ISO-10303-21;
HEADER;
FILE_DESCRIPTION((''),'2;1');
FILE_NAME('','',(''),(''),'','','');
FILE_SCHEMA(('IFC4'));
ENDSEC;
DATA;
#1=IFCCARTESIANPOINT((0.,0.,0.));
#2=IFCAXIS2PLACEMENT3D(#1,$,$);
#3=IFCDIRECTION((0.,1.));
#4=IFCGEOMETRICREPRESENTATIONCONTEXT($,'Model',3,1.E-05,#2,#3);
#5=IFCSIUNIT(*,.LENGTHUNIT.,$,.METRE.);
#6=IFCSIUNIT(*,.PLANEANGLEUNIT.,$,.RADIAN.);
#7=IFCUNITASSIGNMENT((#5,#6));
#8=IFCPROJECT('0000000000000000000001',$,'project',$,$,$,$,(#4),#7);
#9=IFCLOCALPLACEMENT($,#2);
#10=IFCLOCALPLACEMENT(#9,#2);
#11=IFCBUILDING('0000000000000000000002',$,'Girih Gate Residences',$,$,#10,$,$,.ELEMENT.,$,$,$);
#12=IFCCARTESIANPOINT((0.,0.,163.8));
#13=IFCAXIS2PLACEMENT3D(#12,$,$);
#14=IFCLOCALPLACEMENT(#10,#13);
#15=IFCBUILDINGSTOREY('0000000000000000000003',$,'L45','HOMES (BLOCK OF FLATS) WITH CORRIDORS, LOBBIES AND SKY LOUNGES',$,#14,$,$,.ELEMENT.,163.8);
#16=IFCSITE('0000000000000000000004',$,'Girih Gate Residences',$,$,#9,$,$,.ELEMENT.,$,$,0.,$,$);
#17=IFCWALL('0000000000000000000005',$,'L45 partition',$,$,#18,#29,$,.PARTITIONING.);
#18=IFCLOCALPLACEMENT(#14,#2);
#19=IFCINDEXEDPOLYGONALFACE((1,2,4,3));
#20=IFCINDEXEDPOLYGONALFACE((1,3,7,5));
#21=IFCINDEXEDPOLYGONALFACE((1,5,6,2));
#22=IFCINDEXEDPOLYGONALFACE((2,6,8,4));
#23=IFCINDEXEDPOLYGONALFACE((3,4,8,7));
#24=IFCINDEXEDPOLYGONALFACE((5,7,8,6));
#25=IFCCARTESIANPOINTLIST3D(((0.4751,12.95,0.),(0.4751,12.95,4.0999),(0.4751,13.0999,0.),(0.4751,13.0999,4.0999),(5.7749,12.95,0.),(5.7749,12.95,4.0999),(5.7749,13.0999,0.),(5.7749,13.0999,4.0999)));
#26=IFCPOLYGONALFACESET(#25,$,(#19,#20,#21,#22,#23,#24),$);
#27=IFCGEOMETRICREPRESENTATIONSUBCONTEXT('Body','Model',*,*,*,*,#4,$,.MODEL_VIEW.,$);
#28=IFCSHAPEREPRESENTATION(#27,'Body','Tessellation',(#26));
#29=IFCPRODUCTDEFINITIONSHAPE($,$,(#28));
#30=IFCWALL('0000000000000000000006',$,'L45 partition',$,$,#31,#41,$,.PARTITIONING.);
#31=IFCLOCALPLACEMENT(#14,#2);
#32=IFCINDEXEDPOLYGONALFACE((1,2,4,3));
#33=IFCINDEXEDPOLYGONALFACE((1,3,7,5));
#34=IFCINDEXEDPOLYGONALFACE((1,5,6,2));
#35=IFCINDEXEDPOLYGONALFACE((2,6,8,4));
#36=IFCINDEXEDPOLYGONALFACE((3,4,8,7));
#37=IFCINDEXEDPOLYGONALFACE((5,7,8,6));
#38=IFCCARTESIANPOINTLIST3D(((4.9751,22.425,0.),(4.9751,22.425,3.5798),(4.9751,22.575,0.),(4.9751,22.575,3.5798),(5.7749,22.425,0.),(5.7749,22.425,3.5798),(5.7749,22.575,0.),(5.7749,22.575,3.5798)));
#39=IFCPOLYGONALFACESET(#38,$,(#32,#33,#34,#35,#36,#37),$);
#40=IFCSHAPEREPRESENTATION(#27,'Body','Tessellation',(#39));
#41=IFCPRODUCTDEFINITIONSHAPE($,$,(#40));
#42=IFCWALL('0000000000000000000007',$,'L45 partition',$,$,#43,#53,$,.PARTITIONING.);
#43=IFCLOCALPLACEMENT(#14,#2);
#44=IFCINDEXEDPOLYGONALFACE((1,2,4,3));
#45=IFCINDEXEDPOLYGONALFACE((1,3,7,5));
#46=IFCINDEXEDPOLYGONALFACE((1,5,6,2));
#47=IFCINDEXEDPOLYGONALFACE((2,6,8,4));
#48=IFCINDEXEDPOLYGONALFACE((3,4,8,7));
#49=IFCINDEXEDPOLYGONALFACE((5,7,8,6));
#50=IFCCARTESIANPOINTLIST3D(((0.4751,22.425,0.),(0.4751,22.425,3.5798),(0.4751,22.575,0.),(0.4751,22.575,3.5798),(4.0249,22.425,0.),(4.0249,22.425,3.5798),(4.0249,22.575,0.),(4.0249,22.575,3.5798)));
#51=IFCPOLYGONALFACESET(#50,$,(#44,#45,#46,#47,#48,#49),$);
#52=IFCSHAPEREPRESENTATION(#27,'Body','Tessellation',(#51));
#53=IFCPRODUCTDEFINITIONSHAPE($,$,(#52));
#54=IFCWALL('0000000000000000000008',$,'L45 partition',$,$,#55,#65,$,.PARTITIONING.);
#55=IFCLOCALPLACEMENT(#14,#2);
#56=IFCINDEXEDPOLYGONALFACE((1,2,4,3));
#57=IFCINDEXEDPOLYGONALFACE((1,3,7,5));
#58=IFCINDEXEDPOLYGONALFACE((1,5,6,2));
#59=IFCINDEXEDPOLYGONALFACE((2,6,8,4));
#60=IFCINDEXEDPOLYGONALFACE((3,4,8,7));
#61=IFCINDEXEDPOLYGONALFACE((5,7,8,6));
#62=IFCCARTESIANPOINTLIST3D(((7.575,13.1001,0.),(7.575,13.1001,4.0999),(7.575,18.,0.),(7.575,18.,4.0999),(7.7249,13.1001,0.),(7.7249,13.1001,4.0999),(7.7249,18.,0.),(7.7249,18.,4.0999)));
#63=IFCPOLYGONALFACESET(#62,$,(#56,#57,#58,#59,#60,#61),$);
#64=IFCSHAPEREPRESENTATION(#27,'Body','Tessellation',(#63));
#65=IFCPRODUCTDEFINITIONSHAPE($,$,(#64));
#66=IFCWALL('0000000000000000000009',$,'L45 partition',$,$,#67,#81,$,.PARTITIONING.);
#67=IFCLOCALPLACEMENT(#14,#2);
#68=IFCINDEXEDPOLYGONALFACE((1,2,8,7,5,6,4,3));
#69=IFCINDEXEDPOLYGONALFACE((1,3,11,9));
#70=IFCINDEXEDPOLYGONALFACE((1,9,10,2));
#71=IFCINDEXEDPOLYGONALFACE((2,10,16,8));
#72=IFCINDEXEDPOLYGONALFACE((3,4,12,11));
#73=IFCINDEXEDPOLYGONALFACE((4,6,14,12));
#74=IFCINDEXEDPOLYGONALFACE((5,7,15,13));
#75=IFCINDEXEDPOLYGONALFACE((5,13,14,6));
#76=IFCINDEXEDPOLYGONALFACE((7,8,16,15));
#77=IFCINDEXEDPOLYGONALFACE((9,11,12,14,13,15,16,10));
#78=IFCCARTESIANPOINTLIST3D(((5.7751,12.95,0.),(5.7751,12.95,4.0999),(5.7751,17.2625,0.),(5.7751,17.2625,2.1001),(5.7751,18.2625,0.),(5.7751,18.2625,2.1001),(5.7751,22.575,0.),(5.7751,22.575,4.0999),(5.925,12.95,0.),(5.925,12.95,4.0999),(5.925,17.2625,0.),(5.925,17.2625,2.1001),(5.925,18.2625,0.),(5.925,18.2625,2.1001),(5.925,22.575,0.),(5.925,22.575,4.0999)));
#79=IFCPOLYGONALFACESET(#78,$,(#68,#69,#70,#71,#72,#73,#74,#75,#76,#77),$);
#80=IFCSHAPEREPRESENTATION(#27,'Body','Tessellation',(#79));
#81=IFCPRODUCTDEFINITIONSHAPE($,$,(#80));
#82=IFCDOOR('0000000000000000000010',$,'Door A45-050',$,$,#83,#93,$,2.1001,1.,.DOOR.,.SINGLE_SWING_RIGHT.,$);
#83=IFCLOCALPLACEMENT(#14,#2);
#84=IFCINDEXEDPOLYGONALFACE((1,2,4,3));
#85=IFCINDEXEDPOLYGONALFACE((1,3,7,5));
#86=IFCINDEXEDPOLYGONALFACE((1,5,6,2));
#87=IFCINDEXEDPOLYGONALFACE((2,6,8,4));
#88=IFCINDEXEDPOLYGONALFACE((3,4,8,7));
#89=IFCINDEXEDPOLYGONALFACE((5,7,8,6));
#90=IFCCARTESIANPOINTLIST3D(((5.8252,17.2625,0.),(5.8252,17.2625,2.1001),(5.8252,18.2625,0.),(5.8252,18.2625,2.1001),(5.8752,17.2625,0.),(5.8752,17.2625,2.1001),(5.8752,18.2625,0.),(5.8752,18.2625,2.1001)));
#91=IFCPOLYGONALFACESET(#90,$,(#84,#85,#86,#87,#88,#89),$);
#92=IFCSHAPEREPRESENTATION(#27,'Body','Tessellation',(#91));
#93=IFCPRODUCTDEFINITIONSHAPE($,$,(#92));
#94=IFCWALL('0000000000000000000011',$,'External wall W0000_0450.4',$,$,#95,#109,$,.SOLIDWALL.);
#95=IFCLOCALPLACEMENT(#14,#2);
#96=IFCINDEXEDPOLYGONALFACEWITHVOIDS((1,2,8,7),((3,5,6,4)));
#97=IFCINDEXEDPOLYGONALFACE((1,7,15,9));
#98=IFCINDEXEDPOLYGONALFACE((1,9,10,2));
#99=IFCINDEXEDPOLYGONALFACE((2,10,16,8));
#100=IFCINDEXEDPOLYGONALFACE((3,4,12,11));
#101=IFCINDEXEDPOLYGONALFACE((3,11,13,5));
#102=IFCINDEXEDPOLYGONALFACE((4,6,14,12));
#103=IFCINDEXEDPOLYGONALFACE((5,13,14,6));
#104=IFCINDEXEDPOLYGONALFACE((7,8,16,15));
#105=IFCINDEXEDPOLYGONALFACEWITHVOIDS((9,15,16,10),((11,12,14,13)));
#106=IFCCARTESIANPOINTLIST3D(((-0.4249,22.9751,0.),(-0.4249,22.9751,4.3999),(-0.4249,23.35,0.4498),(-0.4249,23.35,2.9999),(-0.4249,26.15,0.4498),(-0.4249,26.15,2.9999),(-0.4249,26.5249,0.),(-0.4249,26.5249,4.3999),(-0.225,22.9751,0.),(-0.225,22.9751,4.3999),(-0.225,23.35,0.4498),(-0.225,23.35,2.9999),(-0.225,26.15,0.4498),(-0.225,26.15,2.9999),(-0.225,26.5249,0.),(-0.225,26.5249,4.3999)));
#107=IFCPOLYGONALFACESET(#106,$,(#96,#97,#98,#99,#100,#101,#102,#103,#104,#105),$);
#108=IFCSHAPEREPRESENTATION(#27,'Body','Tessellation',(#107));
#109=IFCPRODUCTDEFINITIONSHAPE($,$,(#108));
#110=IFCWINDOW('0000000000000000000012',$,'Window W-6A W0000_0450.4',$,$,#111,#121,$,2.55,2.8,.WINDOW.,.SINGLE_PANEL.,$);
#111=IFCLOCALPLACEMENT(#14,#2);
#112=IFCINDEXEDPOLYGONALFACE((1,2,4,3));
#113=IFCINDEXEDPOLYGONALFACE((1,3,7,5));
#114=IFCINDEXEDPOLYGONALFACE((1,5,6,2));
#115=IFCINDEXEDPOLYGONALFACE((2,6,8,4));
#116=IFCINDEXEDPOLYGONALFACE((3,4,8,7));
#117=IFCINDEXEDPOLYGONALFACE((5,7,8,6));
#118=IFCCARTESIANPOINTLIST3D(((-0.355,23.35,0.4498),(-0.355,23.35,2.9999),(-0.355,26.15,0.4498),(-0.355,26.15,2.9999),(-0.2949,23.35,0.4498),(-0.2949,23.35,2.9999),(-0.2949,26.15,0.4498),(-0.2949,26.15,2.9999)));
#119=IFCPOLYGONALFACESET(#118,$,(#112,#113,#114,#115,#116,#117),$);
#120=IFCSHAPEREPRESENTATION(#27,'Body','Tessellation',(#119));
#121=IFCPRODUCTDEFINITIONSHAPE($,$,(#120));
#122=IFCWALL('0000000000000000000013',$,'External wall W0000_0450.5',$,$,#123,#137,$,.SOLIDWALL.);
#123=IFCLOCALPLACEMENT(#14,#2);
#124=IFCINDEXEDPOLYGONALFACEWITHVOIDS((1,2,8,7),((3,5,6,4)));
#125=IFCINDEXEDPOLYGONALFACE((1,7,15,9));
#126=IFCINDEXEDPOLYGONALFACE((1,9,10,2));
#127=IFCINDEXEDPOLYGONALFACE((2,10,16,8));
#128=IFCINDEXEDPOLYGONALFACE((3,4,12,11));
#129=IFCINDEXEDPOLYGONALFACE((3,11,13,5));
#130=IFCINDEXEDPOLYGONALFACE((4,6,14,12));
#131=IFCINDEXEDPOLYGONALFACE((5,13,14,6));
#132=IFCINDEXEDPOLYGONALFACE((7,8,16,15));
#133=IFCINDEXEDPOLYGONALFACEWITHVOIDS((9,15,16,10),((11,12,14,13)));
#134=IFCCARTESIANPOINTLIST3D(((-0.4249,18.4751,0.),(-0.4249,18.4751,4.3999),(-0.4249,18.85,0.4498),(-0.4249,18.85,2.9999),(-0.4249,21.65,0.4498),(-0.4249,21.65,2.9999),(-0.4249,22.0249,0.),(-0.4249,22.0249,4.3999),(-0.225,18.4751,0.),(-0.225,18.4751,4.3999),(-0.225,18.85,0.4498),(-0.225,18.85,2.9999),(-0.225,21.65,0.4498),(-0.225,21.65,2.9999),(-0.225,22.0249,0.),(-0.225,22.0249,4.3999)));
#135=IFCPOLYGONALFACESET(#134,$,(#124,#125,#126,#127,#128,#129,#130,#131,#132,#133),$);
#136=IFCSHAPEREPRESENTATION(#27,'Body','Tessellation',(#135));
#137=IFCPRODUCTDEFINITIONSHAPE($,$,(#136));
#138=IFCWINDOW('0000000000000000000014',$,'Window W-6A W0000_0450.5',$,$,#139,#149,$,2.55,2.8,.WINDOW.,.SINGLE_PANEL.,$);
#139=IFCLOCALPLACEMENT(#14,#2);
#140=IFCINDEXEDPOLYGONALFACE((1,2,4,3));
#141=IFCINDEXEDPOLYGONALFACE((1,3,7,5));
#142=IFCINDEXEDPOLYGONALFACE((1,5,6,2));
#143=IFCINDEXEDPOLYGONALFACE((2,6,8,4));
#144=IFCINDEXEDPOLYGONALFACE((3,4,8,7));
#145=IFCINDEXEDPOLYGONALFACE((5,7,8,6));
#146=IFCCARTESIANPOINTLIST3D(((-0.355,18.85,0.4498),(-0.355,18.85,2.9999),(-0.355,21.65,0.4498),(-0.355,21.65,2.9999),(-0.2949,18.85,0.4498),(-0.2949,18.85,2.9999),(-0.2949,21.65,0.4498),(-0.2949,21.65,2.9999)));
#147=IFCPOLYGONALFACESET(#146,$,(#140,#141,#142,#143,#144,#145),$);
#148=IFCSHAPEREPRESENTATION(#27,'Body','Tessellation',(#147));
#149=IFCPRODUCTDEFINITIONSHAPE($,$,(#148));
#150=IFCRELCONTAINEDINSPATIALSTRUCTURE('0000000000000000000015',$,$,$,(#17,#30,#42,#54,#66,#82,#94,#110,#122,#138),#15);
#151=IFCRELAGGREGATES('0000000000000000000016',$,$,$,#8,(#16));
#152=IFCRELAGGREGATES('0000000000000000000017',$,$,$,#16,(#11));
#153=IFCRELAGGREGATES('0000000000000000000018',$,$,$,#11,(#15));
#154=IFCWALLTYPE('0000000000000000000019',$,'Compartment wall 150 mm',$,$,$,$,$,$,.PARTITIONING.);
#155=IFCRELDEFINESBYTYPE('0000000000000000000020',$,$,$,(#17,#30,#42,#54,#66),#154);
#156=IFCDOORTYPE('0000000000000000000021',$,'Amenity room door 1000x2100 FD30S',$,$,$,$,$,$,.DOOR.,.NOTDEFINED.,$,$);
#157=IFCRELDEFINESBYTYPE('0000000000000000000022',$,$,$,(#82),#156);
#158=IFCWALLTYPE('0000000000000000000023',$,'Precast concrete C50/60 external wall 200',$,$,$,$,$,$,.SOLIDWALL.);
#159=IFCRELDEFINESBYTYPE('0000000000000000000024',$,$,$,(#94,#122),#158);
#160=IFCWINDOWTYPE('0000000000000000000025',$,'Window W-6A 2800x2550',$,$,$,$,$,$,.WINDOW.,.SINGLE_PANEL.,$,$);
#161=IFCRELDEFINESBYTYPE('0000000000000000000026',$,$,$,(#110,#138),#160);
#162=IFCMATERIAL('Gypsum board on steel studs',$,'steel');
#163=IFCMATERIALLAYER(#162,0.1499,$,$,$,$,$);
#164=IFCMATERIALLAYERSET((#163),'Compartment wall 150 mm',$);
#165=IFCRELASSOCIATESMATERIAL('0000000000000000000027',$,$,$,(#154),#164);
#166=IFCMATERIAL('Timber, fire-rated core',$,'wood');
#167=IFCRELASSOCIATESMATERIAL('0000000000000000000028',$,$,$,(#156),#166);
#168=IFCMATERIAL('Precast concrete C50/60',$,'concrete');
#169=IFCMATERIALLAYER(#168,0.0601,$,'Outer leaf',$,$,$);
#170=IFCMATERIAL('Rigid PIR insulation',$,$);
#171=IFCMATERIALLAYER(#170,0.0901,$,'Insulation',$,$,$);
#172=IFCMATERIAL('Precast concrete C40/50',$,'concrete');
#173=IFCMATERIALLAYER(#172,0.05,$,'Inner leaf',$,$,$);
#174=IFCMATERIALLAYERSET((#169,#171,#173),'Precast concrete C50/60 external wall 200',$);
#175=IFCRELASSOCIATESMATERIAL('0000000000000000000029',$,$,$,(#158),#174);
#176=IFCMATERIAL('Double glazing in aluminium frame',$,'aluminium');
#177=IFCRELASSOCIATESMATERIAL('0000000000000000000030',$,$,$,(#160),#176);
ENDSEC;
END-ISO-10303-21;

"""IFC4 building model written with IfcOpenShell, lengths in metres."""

from ifc_helpers import new_model, si_unit, direction, frame, frame_2d, origin, place, context, subcontext, project, spatial, rectangle, extrude, material, layer, layer_set, type_object, element, fill, save


model = new_model("IFC4")

# Units and contexts
model_context = context("Model", 3, precision=1e-05, world=origin(), true_north=direction((0.0, 1.0)))
body_context = subcontext(model_context, "Body", "Model", "MODEL_VIEW")
ifc_project = project(units=[si_unit("LENGTHUNIT", "METRE"), si_unit("PLANEANGLEUNIT", "RADIAN")], contexts=[model_context])

# Site, building, storey
site_placement = place(None, origin())
site = spatial("IfcSite", under=ifc_project, at=site_placement, Name="Girih Gate Residences", CompositionType="ELEMENT", RefElevation=0.0)
building_placement = place(site_placement, origin())
building = spatial("IfcBuilding", under=site, at=building_placement, Name="Girih Gate Residences", CompositionType="ELEMENT")
storey_placement = place(building_placement, frame((0.0, 0.0, 163.8)))
storey = spatial("IfcBuildingStorey", under=building, at=storey_placement, Name="L45", Description="HOMES (BLOCK OF FLATS) WITH CORRIDORS, LOBBIES AND SKY LOUNGES", CompositionType="ELEMENT", Elevation=163.8)

# Shared definitions
ifc_material_1 = material(Name="Gypsum board on steel studs", Category="steel")
ifc_layer_1 = layer(ifc_material_1, 0.1499)
ifc_layer_set_1 = layer_set([ifc_layer_1], Name="Compartment wall 150 mm")
wall_type_1 = type_object("IfcWallType", Name="Compartment wall 150 mm", PredefinedType="PARTITIONING", material=ifc_layer_set_1)
ifc_material_2 = material(Name="Timber, fire-rated core", Category="wood")
door_type_1 = type_object("IfcDoorType", Name="Amenity room door 1000x2100 FD30S", OperationType="NOTDEFINED", PredefinedType="DOOR", material=ifc_material_2)

# Walls
wall_1_placement = place(storey_placement, frame((0.4751, 13.0249, 0.0), z_axis=(0.0, 0.0, 1.0), x_axis=(1.0, 0.0, 0.0)))
element("IfcWall", 1, at=wall_1_placement, inside=storey, type_object=wall_type_1, Name="L45 partition", PredefinedType="PARTITIONING", context=body_context, shape_type="SweptSolid", body=[
    extrude(rectangle(XDim=5.2998, YDim=0.1499, at=frame_2d((2.6499, 0.0))), origin(), (0.0, 0.0, 1.0), 4.0999),
])
wall_2_placement = place(storey_placement, frame((4.9751, 22.5, 0.0), z_axis=(0.0, 0.0, 1.0), x_axis=(1.0, 0.0, 0.0)))
element("IfcWall", 2, at=wall_2_placement, inside=storey, type_object=wall_type_1, Name="L45 partition", PredefinedType="PARTITIONING", context=body_context, shape_type="SweptSolid", body=[
    extrude(rectangle(XDim=0.7998, YDim=0.1499, at=frame_2d((0.3999, 0.0))), origin(), (0.0, 0.0, 1.0), 3.5798),
])
wall_3_placement = place(storey_placement, frame((0.4751, 22.5, 0.0), z_axis=(0.0, 0.0, 1.0), x_axis=(1.0, 0.0, 0.0)))
element("IfcWall", 3, at=wall_3_placement, inside=storey, type_object=wall_type_1, Name="L45 partition", PredefinedType="PARTITIONING", context=body_context, shape_type="SweptSolid", body=[
    extrude(rectangle(XDim=3.5498, YDim=0.1499, at=frame_2d((1.7749, 0.0))), origin(), (0.0, 0.0, 1.0), 3.5798),
])
wall_4_placement = place(storey_placement, frame((7.6499, 13.1001, 0.0), z_axis=(0.0, 0.0, 1.0), x_axis=(0.0, 1.0, 0.0)))
element("IfcWall", 4, at=wall_4_placement, inside=storey, type_object=wall_type_1, Name="L45 partition", PredefinedType="PARTITIONING", context=body_context, shape_type="SweptSolid", body=[
    extrude(rectangle(XDim=4.8999, YDim=0.1499, at=frame_2d((2.45, 0.0))), origin(), (0.0, 0.0, 1.0), 4.0999),
])

# Wall, opening, door
wall_5_placement = place(storey_placement, frame((5.8501, 12.95, 0.0), z_axis=(0.0, 0.0, 1.0), x_axis=(0.0, 1.0, 0.0)))
wall_5 = element("IfcWall", 5, at=wall_5_placement, inside=storey, type_object=wall_type_1, Name="L45 partition", PredefinedType="PARTITIONING", context=body_context, shape_type="SweptSolid", body=[
    extrude(rectangle(XDim=9.625, YDim=0.1499, at=frame_2d((4.8125, 0.0))), origin(), (0.0, 0.0, 1.0), 4.0999),
])
opening_1_placement = place(wall_5_placement, frame((4.3125, 0.0, 0.0)))
opening_1 = element("IfcOpeningElement", 6, at=opening_1_placement, cuts=wall_5, PredefinedType="OPENING", context=body_context, shape_type="SweptSolid", body=[
    extrude(rectangle(XDim=1.0, YDim=2.1001, at=frame_2d((0.5, 1.05))), frame((0.0, 0.085, 0.0), z_axis=(0.0, -1.0, 0.0), x_axis=(1.0, 0.0, 0.0)), (0.0, 0.0, 1.0), 0.1699),
])
door_1_placement = place(opening_1_placement, origin())
door_1 = element("IfcDoor", 7, at=door_1_placement, inside=storey, type_object=door_type_1, Name="Door A45-050", OperationType="SINGLE_SWING_RIGHT", OverallHeight=2.1001, OverallWidth=1.0, PredefinedType="DOOR", context=body_context, shape_type="SweptSolid", body=[
    extrude(rectangle(XDim=1.0, YDim=2.1001, at=frame_2d((0.5, 1.05))), frame((0.0, 0.0249, 0.0), z_axis=(0.0, -1.0, 0.0), x_axis=(1.0, 0.0, 0.0)), (0.0, 0.0, 1.0), 0.05),
])
fill(opening_1, door_1)

# Walls, openings, windows
ifc_material_3 = material(Name="Precast concrete C50/60", Category="concrete")
ifc_layer_2 = layer(ifc_material_3, 0.0601, Name="Outer leaf")
ifc_material_4 = material(Name="Rigid PIR insulation")
ifc_layer_3 = layer(ifc_material_4, 0.0901, Name="Insulation")
ifc_material_5 = material(Name="Precast concrete C40/50", Category="concrete")
ifc_layer_4 = layer(ifc_material_5, 0.05, Name="Inner leaf")
ifc_layer_set_2 = layer_set([ifc_layer_2, ifc_layer_3, ifc_layer_4], Name="Precast concrete C50/60 external wall 200")
wall_type_2 = type_object("IfcWallType", Name="Precast concrete C50/60 external wall 200", PredefinedType="SOLIDWALL", material=ifc_layer_set_2)
wall_6_placement = place(storey_placement, frame((-0.325, 22.9751, 0.0), z_axis=(0.0, 0.0, 1.0), x_axis=(0.0, 1.0, 0.0)))
wall_6 = element("IfcWall", 8, at=wall_6_placement, inside=storey, type_object=wall_type_2, Name="External wall W0000_0450.4", PredefinedType="SOLIDWALL", context=body_context, shape_type="SweptSolid", body=[
    extrude(rectangle(XDim=3.5498, YDim=0.2, at=frame_2d((1.7749, 0.0))), origin(), (0.0, 0.0, 1.0), 4.3999),
])
opening_2_placement = place(wall_6_placement, frame((0.375, 0.0, 0.45)))
opening_2 = element("IfcOpeningElement", 9, at=opening_2_placement, cuts=wall_6, PredefinedType="OPENING", context=body_context, shape_type="SweptSolid", body=[
    extrude(rectangle(XDim=2.8, YDim=2.55, at=frame_2d((1.3999, 1.2749))), frame((0.0, 0.1099, 0.0), z_axis=(0.0, -1.0, 0.0), x_axis=(1.0, 0.0, 0.0)), (0.0, 0.0, 1.0), 0.22),
])
ifc_material_6 = material(Name="Double glazing in aluminium frame", Category="aluminium")
window_type = type_object("IfcWindowType", Name="Window W-6A 2800x2550", PartitioningType="SINGLE_PANEL", PredefinedType="WINDOW", material=ifc_material_6)
window_1_placement = place(opening_2_placement, origin())
window_1 = element("IfcWindow", 10, at=window_1_placement, inside=storey, type_object=window_type, Name="Window W-6A W0000_0450.4", OverallHeight=2.55, OverallWidth=2.8, PartitioningType="SINGLE_PANEL", PredefinedType="WINDOW", context=body_context, shape_type="SweptSolid", body=[
    extrude(rectangle(XDim=2.8, YDim=2.55, at=frame_2d((1.3999, 1.2749))), frame((0.0, 0.03, 0.0), z_axis=(0.0, -1.0, 0.0), x_axis=(1.0, 0.0, 0.0)), (0.0, 0.0, 1.0), 0.0601),
])
fill(opening_2, window_1)
wall_7_placement = place(storey_placement, frame((-0.325, 18.4751, 0.0), z_axis=(0.0, 0.0, 1.0), x_axis=(0.0, 1.0, 0.0)))
wall_7 = element("IfcWall", 11, at=wall_7_placement, inside=storey, type_object=wall_type_2, Name="External wall W0000_0450.5", PredefinedType="SOLIDWALL", context=body_context, shape_type="SweptSolid", body=[
    extrude(rectangle(XDim=3.5498, YDim=0.2, at=frame_2d((1.7749, 0.0))), origin(), (0.0, 0.0, 1.0), 4.3999),
])
opening_3_placement = place(wall_7_placement, frame((0.375, 0.0, 0.45)))
opening_3 = element("IfcOpeningElement", 12, at=opening_3_placement, cuts=wall_7, PredefinedType="OPENING", context=body_context, shape_type="SweptSolid", body=[
    extrude(rectangle(XDim=2.8, YDim=2.55, at=frame_2d((1.3999, 1.2749))), frame((0.0, 0.1099, 0.0), z_axis=(0.0, -1.0, 0.0), x_axis=(1.0, 0.0, 0.0)), (0.0, 0.0, 1.0), 0.22),
])
window_2_placement = place(opening_3_placement, origin())
window_2 = element("IfcWindow", 13, at=window_2_placement, inside=storey, type_object=window_type, Name="Window W-6A W0000_0450.5", OverallHeight=2.55, OverallWidth=2.8, PartitioningType="SINGLE_PANEL", PredefinedType="WINDOW", context=body_context, shape_type="SweptSolid", body=[
    extrude(rectangle(XDim=2.8, YDim=2.55, at=frame_2d((1.3999, 1.2749))), frame((0.0, 0.03, 0.0), z_axis=(0.0, -1.0, 0.0), x_axis=(1.0, 0.0, 0.0)), (0.0, 0.0, 1.0), 0.0601),
])
fill(opening_3, window_2)

save(model, "model.ifc")
